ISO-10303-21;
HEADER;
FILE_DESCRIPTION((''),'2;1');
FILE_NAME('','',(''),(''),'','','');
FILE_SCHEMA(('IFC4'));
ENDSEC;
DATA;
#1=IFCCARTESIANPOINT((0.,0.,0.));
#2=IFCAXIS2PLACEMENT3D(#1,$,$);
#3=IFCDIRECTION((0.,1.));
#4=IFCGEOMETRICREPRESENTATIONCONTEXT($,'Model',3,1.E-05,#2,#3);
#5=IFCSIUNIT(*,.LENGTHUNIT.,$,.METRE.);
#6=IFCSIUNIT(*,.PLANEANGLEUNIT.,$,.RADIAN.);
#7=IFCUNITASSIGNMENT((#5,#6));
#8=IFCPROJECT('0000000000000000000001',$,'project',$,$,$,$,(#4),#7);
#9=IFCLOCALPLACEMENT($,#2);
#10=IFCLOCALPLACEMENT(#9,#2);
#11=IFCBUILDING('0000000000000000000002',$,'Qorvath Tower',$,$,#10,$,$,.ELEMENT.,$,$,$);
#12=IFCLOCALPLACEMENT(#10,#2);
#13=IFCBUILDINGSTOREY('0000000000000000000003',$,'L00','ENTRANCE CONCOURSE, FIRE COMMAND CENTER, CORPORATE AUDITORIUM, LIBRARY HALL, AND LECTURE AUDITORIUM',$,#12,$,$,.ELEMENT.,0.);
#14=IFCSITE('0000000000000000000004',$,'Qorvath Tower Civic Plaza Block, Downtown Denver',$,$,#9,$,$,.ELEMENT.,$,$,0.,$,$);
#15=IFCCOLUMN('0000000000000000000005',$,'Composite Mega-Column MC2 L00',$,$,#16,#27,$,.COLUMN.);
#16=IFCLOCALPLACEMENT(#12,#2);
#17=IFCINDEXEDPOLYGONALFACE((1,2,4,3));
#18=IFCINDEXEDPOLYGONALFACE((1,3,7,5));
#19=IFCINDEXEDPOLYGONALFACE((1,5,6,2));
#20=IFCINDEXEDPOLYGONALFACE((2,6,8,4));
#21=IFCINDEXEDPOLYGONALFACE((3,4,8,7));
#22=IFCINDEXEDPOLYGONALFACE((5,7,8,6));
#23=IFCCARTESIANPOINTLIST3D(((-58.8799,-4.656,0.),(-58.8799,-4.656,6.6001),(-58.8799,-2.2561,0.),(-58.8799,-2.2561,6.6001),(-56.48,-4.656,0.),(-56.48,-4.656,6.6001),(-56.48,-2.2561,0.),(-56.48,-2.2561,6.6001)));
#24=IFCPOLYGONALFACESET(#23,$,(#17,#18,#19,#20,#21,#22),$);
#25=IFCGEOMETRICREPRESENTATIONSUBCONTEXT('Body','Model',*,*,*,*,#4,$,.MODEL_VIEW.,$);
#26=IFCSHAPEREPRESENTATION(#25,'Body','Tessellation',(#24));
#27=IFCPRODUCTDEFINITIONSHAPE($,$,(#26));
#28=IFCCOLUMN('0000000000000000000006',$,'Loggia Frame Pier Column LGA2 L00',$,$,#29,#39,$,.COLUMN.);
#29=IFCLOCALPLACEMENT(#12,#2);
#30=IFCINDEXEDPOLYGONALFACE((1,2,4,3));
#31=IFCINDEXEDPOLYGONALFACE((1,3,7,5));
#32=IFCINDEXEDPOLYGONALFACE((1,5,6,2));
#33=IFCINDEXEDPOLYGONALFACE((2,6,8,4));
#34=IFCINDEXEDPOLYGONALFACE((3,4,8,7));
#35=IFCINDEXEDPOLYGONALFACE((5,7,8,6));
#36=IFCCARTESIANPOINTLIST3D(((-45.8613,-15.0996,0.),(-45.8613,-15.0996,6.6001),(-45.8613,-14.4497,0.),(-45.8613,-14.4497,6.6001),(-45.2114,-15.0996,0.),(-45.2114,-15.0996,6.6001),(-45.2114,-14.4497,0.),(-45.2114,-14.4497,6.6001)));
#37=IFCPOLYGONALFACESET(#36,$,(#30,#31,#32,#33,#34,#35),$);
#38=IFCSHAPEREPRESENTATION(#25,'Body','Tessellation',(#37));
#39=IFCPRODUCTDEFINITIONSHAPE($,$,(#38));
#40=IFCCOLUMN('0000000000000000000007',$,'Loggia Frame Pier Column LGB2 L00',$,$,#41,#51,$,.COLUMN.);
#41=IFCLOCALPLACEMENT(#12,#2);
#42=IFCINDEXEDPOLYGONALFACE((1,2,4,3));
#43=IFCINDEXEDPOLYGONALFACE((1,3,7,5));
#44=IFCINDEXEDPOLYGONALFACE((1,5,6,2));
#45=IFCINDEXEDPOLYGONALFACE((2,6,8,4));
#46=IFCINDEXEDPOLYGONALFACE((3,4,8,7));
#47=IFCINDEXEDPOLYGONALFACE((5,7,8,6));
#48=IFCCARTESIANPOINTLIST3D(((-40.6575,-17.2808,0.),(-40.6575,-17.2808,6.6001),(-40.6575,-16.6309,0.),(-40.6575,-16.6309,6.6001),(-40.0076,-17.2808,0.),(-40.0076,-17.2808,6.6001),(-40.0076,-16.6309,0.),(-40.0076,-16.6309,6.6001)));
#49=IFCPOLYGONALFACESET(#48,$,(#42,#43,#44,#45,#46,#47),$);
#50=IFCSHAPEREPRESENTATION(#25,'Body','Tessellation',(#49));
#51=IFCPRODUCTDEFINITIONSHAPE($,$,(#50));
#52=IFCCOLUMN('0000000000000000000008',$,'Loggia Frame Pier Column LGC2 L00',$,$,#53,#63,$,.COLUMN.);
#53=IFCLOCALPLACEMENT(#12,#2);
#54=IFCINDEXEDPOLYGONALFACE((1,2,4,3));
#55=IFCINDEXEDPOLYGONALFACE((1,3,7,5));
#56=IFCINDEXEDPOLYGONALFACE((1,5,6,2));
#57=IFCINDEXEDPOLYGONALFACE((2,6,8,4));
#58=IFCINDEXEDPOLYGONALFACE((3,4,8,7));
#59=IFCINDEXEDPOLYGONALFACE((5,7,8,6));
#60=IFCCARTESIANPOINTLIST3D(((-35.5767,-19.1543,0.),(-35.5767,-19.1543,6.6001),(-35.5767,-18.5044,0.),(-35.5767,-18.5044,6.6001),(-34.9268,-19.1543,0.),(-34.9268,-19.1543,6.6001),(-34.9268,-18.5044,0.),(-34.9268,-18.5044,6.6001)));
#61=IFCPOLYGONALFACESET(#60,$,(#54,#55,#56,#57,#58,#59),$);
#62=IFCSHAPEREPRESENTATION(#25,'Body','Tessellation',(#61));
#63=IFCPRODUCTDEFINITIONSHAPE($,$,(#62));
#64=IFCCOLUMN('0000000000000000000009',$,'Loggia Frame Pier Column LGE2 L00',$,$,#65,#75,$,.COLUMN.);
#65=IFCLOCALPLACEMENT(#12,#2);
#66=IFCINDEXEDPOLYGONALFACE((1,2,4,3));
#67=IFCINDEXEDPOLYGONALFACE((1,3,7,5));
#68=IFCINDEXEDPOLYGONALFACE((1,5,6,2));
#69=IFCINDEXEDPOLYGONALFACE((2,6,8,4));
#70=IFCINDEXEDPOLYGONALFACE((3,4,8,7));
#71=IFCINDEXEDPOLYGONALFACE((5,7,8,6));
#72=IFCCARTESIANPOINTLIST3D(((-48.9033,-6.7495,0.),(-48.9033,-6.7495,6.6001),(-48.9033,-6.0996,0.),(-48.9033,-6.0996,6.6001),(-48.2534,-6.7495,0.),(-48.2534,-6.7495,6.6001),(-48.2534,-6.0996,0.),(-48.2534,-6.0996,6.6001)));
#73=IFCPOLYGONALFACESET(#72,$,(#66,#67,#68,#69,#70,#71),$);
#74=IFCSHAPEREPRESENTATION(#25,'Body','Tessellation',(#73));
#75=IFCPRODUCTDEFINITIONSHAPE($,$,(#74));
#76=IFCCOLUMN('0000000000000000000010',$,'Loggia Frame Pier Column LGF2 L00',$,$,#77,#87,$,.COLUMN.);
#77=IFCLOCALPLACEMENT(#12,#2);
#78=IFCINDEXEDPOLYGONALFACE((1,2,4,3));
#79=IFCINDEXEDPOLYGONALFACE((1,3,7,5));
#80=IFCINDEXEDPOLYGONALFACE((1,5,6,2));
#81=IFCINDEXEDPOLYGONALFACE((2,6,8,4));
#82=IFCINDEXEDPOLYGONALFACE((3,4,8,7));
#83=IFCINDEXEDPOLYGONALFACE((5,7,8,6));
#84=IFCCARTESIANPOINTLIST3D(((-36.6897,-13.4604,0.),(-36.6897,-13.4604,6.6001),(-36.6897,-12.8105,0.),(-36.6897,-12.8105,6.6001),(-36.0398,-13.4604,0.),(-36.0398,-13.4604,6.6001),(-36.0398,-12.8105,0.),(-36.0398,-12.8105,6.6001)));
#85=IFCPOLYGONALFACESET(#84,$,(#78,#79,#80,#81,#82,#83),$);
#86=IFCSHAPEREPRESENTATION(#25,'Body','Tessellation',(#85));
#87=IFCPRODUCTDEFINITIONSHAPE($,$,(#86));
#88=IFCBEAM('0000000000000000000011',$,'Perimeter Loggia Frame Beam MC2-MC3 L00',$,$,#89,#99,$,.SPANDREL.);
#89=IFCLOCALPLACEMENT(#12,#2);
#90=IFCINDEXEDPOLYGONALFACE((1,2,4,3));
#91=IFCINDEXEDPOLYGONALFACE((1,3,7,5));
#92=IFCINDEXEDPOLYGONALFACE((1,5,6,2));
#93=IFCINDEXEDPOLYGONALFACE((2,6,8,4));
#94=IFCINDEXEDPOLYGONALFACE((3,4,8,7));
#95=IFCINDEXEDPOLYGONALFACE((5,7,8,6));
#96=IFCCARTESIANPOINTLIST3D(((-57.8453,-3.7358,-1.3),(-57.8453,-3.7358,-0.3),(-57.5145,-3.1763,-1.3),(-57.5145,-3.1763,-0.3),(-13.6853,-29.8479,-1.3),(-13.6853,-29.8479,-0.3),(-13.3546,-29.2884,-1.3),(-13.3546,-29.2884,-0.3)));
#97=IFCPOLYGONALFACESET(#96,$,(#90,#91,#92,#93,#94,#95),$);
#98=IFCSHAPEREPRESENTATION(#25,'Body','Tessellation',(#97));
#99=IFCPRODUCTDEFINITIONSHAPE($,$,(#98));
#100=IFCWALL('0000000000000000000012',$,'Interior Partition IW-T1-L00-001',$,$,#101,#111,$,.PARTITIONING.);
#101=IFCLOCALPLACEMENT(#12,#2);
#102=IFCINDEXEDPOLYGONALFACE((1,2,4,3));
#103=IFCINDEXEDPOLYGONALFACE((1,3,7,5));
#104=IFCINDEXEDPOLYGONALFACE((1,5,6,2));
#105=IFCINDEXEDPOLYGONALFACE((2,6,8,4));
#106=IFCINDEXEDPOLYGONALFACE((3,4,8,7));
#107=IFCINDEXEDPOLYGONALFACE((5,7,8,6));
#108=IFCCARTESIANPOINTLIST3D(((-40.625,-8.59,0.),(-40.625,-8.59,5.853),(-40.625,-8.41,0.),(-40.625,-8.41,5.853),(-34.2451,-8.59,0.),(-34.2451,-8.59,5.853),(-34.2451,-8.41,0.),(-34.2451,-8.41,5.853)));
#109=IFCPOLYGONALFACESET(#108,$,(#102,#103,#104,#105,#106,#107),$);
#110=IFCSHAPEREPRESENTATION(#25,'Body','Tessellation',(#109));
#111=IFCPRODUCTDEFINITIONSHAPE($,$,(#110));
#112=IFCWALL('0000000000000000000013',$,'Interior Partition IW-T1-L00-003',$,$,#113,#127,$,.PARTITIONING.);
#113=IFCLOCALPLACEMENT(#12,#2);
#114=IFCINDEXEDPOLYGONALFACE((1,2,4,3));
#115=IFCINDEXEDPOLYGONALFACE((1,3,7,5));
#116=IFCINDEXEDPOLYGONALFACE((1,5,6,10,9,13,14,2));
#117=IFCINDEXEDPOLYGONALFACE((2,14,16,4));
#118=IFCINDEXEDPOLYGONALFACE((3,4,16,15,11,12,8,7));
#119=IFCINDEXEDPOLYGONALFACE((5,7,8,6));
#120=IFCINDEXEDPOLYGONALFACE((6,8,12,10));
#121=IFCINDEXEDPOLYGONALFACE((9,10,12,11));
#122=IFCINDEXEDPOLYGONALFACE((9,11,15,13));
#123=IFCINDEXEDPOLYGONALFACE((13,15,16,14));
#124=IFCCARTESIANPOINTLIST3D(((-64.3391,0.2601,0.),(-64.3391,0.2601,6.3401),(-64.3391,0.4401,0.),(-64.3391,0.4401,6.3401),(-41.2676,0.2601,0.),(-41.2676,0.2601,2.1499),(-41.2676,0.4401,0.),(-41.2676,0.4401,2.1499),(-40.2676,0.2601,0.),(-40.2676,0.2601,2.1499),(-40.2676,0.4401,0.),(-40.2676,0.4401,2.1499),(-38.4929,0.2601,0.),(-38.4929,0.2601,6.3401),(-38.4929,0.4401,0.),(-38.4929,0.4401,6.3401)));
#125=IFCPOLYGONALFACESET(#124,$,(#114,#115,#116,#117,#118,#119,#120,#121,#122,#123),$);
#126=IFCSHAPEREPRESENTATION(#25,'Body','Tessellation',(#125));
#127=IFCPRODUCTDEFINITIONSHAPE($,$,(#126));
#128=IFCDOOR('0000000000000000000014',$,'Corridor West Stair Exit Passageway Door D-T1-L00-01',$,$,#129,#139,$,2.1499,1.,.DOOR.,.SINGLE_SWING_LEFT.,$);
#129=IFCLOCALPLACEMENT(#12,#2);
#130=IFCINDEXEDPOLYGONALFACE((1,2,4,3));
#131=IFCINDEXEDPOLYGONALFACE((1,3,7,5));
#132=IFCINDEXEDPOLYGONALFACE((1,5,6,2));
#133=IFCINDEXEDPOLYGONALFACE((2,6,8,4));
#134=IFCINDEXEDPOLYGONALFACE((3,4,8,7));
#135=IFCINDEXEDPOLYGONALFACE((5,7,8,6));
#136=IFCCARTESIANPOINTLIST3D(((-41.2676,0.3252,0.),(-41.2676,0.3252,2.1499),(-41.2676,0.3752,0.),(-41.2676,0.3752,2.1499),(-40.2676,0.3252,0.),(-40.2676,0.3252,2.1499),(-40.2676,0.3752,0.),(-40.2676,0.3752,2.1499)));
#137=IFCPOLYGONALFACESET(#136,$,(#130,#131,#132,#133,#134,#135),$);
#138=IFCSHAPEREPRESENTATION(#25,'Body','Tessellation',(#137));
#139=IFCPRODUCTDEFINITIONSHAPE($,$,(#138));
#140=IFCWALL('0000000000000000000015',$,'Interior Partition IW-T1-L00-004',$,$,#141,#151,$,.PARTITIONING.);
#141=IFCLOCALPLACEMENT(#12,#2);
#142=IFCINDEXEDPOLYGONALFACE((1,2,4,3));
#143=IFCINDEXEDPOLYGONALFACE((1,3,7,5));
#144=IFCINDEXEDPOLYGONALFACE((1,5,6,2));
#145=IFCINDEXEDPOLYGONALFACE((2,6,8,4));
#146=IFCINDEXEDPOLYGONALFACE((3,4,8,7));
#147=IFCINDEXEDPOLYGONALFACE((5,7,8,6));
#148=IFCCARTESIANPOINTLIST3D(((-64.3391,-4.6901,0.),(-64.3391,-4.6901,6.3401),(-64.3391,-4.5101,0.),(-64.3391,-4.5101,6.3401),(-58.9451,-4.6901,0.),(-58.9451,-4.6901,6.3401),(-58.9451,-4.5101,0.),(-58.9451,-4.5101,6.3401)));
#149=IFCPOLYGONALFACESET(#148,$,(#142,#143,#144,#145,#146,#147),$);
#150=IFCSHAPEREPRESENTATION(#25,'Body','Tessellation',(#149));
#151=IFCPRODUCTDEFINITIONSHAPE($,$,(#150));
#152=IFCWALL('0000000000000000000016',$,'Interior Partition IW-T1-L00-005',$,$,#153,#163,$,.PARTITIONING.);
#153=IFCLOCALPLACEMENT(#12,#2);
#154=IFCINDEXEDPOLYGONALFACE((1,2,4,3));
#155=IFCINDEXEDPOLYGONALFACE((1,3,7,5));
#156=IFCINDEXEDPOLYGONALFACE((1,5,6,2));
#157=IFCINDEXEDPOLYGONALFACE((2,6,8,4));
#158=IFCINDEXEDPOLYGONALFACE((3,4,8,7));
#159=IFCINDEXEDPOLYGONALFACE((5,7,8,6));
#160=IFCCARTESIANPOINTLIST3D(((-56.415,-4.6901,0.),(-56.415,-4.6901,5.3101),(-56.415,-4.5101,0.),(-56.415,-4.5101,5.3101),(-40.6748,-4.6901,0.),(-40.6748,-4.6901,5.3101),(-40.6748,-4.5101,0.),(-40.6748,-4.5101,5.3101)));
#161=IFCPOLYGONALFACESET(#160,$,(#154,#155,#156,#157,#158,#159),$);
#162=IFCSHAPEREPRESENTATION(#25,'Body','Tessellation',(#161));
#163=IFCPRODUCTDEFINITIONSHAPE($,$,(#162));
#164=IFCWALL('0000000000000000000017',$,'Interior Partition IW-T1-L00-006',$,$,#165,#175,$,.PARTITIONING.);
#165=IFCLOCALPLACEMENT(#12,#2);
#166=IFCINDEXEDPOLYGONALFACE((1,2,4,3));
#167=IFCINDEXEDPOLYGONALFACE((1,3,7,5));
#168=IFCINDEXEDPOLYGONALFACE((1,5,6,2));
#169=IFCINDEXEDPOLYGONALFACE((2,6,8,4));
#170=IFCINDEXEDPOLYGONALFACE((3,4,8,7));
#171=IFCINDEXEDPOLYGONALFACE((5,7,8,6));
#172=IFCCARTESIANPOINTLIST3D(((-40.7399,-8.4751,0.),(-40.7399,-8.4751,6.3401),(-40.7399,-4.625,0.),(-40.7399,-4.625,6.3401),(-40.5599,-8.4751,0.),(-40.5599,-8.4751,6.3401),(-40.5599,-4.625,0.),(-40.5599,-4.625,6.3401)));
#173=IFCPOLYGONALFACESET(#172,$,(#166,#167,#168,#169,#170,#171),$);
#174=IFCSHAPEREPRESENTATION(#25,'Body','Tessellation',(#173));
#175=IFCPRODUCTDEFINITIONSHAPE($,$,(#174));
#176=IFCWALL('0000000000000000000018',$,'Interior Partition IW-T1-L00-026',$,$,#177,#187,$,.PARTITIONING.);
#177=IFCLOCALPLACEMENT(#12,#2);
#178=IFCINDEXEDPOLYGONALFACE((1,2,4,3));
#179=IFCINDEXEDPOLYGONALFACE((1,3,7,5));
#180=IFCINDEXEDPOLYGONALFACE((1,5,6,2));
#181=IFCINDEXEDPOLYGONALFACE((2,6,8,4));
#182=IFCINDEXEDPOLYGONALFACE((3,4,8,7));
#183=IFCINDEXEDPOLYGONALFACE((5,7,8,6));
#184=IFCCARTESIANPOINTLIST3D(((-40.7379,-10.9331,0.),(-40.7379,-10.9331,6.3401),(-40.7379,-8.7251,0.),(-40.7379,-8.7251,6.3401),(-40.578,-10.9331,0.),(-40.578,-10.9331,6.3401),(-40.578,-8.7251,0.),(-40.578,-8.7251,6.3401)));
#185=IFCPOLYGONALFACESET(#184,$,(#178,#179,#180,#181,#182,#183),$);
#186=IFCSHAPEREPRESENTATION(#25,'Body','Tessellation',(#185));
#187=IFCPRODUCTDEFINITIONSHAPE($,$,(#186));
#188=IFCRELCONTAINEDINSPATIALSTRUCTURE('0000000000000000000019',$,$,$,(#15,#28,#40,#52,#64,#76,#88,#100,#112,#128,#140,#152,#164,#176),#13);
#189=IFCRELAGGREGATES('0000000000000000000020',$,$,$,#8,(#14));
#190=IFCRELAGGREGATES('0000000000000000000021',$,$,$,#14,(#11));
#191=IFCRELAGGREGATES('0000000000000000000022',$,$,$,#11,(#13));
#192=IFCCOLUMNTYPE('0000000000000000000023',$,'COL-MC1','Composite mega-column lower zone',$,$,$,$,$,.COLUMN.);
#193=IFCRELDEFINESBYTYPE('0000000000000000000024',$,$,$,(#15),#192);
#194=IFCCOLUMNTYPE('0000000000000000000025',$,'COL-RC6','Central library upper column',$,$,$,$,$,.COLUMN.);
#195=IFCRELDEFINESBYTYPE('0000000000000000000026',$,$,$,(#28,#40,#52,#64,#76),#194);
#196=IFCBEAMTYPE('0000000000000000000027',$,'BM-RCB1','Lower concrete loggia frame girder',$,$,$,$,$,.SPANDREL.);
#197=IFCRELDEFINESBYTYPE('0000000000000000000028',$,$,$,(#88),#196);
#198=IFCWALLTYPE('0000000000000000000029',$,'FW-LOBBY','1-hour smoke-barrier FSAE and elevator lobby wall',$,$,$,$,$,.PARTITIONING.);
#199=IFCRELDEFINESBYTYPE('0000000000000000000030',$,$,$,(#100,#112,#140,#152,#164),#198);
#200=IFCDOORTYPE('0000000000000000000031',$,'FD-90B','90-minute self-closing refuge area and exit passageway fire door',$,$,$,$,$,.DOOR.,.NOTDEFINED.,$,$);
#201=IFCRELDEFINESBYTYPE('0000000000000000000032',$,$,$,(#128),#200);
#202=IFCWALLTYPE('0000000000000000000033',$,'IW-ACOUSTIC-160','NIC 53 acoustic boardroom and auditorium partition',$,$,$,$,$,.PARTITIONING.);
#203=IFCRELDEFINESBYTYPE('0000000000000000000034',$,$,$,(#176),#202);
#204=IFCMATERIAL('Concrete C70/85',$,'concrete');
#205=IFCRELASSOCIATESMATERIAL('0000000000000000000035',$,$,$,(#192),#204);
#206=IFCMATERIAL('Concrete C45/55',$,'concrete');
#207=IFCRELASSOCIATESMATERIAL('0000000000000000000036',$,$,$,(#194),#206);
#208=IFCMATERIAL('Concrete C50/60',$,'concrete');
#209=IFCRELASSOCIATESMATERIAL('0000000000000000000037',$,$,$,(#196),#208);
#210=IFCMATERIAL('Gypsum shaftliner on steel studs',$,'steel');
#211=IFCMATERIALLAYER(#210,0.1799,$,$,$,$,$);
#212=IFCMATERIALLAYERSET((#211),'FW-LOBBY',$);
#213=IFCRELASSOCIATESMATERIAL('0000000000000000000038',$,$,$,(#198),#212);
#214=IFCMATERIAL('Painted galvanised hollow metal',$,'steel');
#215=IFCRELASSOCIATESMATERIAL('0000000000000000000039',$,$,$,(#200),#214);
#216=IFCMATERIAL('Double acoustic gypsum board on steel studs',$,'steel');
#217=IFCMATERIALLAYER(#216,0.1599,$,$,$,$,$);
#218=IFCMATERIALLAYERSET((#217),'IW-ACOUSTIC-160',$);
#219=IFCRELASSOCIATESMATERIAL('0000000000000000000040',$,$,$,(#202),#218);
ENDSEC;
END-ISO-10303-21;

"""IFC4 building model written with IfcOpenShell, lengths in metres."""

from ifc_helpers import new_model, si_unit, direction, frame, frame_2d, origin, origin_2d, place, context, subcontext, project, spatial, rectangle, extrude, material, layer, layer_set, material_profile, profile_set, type_object, element, fill, save


model = new_model("IFC4")

# Units and contexts
model_context = context("Model", 3, precision=1e-05, world=origin(), true_north=direction((0.0, 1.0)))
body_context = subcontext(model_context, "Body", "Model", "MODEL_VIEW")
ifc_project = project(units=[si_unit("LENGTHUNIT", "METRE"), si_unit("PLANEANGLEUNIT", "RADIAN")], contexts=[model_context])

# Site, building, storey
site_placement = place(None, origin())
site = spatial("IfcSite", under=ifc_project, at=site_placement, Name="Qorvath Tower Civic Plaza Block, Downtown Denver", CompositionType="ELEMENT", RefElevation=0.0)
building_placement = place(site_placement, origin())
building = spatial("IfcBuilding", under=site, at=building_placement, Name="Qorvath Tower", CompositionType="ELEMENT")
storey_placement = place(building_placement, origin())
storey = spatial("IfcBuildingStorey", under=building, at=storey_placement, Name="L00", Description="ENTRANCE CONCOURSE, FIRE COMMAND CENTER, CORPORATE AUDITORIUM, LIBRARY HALL, AND LECTURE AUDITORIUM", CompositionType="ELEMENT", Elevation=0.0)

# Columns
ifc_material_1 = material(Name="Concrete C70/85", Category="concrete")
ifc_material_profile_1 = material_profile(ifc_material_1, rectangle(XDim=2.3999, YDim=2.3999, at=origin_2d()), Name="MC 2400x2400")
ifc_profile_set_1 = profile_set([ifc_material_profile_1], Name="Concrete C70/85")
column_type_1 = type_object("IfcColumnType", Name="COL-MC1", Description="Composite mega-column lower zone", PredefinedType="COLUMN", material=ifc_profile_set_1)
column_placement = place(storey_placement, frame((-57.6799, -3.4561, 0.0), z_axis=(0.0, 0.0, 1.0), x_axis=(1.0, 0.0, 0.0)))
element("IfcColumn", 1, at=column_placement, inside=storey, type_object=column_type_1, Name="Composite Mega-Column MC2 L00", PredefinedType="COLUMN", context=body_context, shape_type="SweptSolid", body=[
    extrude(rectangle(XDim=2.3999, YDim=2.3999, at=origin_2d()), origin(), (0.0, 0.0, 1.0), 6.6001),
])
ifc_material_2 = material(Name="Concrete C45/55", Category="concrete")
ifc_material_profile_2 = material_profile(ifc_material_2, rectangle(XDim=0.6499, YDim=0.6499, at=origin_2d()), Name="RC 650x650")
ifc_profile_set_2 = profile_set([ifc_material_profile_2], Name="Concrete C45/55")
column_type_2 = type_object("IfcColumnType", Name="COL-RC6", Description="Central library upper column", PredefinedType="COLUMN", material=ifc_profile_set_2)
for number, where, z_axis, x_axis, name in (
    (2, (-45.5364, -14.7747, 0.0), (0.0, 0.0, 1.0), (1.0, 0.0, 0.0), "Loggia Frame Pier Column LGA2 L00"),
    (3, (-40.3325, -16.9558, 0.0), (0.0, 0.0, 1.0), (1.0, 0.0, 0.0), "Loggia Frame Pier Column LGB2 L00"),
    (4, (-35.2517, -18.8293, 0.0), (0.0, 0.0, 1.0), (1.0, 0.0, 0.0), "Loggia Frame Pier Column LGC2 L00"),
    (5, (-48.5784, -6.4246, 0.0), (0.0, 0.0, 1.0), (1.0, 0.0, 0.0), "Loggia Frame Pier Column LGE2 L00"),
    (6, (-36.3647, -13.1355, 0.0), (0.0, 0.0, 1.0), (1.0, 0.0, 0.0), "Loggia Frame Pier Column LGF2 L00"),
):
    element("IfcColumn", number, at=place(storey_placement, frame(where, z_axis=z_axis, x_axis=x_axis)), inside=storey, type_object=column_type_2, Name=name, PredefinedType="COLUMN", context=body_context, shape_type="SweptSolid", body=[
        extrude(rectangle(XDim=0.6499, YDim=0.6499, at=origin_2d()), origin(), (0.0, 0.0, 1.0), 6.6001),
    ])

# Beam
ifc_material_3 = material(Name="Concrete C50/60", Category="concrete")
ifc_material_profile_3 = material_profile(ifc_material_3, rectangle(XDim=0.6499, YDim=1.0, at=origin_2d()), Name="RCB 1000x650")
ifc_profile_set_3 = profile_set([ifc_material_profile_3], Name="Concrete C50/60")
beam_type = type_object("IfcBeamType", Name="BM-RCB1", Description="Lower concrete loggia frame girder", PredefinedType="SPANDREL", material=ifc_profile_set_3)
beam_placement = place(storey_placement, frame((-57.6799, -3.4561, -0.8), z_axis=(0.860777, -0.508983, 0.0), x_axis=(0.508983, 0.860777, 0.0)))
element("IfcBeam", 7, at=beam_placement, inside=storey, type_object=beam_type, Name="Perimeter Loggia Frame Beam MC2-MC3 L00", PredefinedType="SPANDREL", context=body_context, shape_type="SweptSolid", body=[
    extrude(rectangle(XDim=0.6499, YDim=1.0, at=origin_2d()), origin(), (0.0, 0.0, 1.0), 51.3025),
])

# Wall
ifc_material_4 = material(Name="Gypsum shaftliner on steel studs", Category="steel")
ifc_layer_1 = layer(ifc_material_4, 0.1799)
ifc_layer_set_1 = layer_set([ifc_layer_1], Name="FW-LOBBY")
wall_type_1 = type_object("IfcWallType", Name="FW-LOBBY", Description="1-hour smoke-barrier FSAE and elevator lobby wall", PredefinedType="PARTITIONING", material=ifc_layer_set_1)
wall_1_placement = place(storey_placement, frame((-40.625, -8.5, 0.0), z_axis=(0.0, 0.0, 1.0), x_axis=(1.0, 0.0, 0.0)))
element("IfcWall", 8, at=wall_1_placement, inside=storey, type_object=wall_type_1, Name="Interior Partition IW-T1-L00-001", PredefinedType="PARTITIONING", context=body_context, shape_type="SweptSolid", body=[
    extrude(rectangle(XDim=6.3799, YDim=0.1799, at=frame_2d((3.1899, 0.0))), origin(), (0.0, 0.0, 1.0), 5.853),
])

# Wall, opening, door
wall_2_placement = place(storey_placement, frame((-38.4929, 0.3501, 0.0), z_axis=(0.0, 0.0, 1.0), x_axis=(-1.0, 0.0, 0.0)))
wall_2 = element("IfcWall", 9, at=wall_2_placement, inside=storey, type_object=wall_type_1, Name="Interior Partition IW-T1-L00-003", PredefinedType="PARTITIONING", context=body_context, shape_type="SweptSolid", body=[
    extrude(rectangle(XDim=25.8462, YDim=0.1799, at=frame_2d((12.9231, 0.0))), origin(), (0.0, 0.0, 1.0), 6.3401),
])
opening_1_placement = place(wall_2_placement, frame((1.7747, 0.0, 0.0)))
opening_1 = element("IfcOpeningElement", 10, at=opening_1_placement, cuts=wall_2, PredefinedType="OPENING", context=body_context, shape_type="SweptSolid", body=[
    extrude(rectangle(XDim=1.0, YDim=2.1499, at=frame_2d((0.5, 1.075))), frame((0.0, 0.1001, 0.0), z_axis=(0.0, -1.0, 0.0), x_axis=(1.0, 0.0, 0.0)), (0.0, 0.0, 1.0), 0.2),
])
ifc_material_5 = material(Name="Painted galvanised hollow metal", Category="steel")
door_type_1 = type_object("IfcDoorType", Name="FD-90B", Description="90-minute self-closing refuge area and exit passageway fire door", OperationType="NOTDEFINED", PredefinedType="DOOR", material=ifc_material_5)
door_1_placement = place(opening_1_placement, origin())
door_1 = element("IfcDoor", 11, at=door_1_placement, inside=storey, type_object=door_type_1, Name="Corridor West Stair Exit Passageway Door D-T1-L00-01", OperationType="SINGLE_SWING_LEFT", OverallHeight=2.1499, OverallWidth=1.0, PredefinedType="DOOR", context=body_context, shape_type="SweptSolid", body=[
    extrude(rectangle(XDim=1.0, YDim=2.1499, at=frame_2d((0.5, 1.075))), frame((0.0, 0.0249, 0.0), z_axis=(0.0, -1.0, 0.0), x_axis=(1.0, 0.0, 0.0)), (0.0, 0.0, 1.0), 0.05),
])
fill(opening_1, door_1)

# Walls
wall_3_placement = place(storey_placement, frame((-64.3391, -4.6001, 0.0), z_axis=(0.0, 0.0, 1.0), x_axis=(1.0, 0.0, 0.0)))
element("IfcWall", 12, at=wall_3_placement, inside=storey, type_object=wall_type_1, Name="Interior Partition IW-T1-L00-004", PredefinedType="PARTITIONING", context=body_context, shape_type="SweptSolid", body=[
    extrude(rectangle(XDim=5.394, YDim=0.1799, at=frame_2d((2.697, 0.0))), origin(), (0.0, 0.0, 1.0), 6.3401),
])
wall_4_placement = place(storey_placement, frame((-56.415, -4.6001, 0.0), z_axis=(0.0, 0.0, 1.0), x_axis=(1.0, 0.0, 0.0)))
element("IfcWall", 13, at=wall_4_placement, inside=storey, type_object=wall_type_1, Name="Interior Partition IW-T1-L00-005", PredefinedType="PARTITIONING", context=body_context, shape_type="SweptSolid", body=[
    extrude(rectangle(XDim=15.7402, YDim=0.1799, at=frame_2d((7.8701, 0.0))), origin(), (0.0, 0.0, 1.0), 5.3101),
])
wall_5_placement = place(storey_placement, frame((-40.6499, -8.4751, 0.0), z_axis=(0.0, 0.0, 1.0), x_axis=(0.0, 1.0, 0.0)))
element("IfcWall", 14, at=wall_5_placement, inside=storey, type_object=wall_type_1, Name="Interior Partition IW-T1-L00-006", PredefinedType="PARTITIONING", context=body_context, shape_type="SweptSolid", body=[
    extrude(rectangle(XDim=3.8501, YDim=0.1799, at=frame_2d((1.925, 0.0))), origin(), (0.0, 0.0, 1.0), 6.3401),
])
ifc_material_6 = material(Name="Double acoustic gypsum board on steel studs", Category="steel")
ifc_layer_2 = layer(ifc_material_6, 0.1599)
ifc_layer_set_2 = layer_set([ifc_layer_2], Name="IW-ACOUSTIC-160")
wall_type_2 = type_object("IfcWallType", Name="IW-ACOUSTIC-160", Description="NIC 53 acoustic boardroom and auditorium partition", PredefinedType="PARTITIONING", material=ifc_layer_set_2)
wall_6_placement = place(storey_placement, frame((-40.658, -10.9331, 0.0), z_axis=(0.0, 0.0, 1.0), x_axis=(0.0, 1.0, 0.0)))
element("IfcWall", 15, at=wall_6_placement, inside=storey, type_object=wall_type_2, Name="Interior Partition IW-T1-L00-026", PredefinedType="PARTITIONING", context=body_context, shape_type="SweptSolid", body=[
    extrude(rectangle(XDim=2.208, YDim=0.1599, at=frame_2d((1.104, 0.0))), origin(), (0.0, 0.0, 1.0), 6.3401),
])

save(model, "model.ifc")
